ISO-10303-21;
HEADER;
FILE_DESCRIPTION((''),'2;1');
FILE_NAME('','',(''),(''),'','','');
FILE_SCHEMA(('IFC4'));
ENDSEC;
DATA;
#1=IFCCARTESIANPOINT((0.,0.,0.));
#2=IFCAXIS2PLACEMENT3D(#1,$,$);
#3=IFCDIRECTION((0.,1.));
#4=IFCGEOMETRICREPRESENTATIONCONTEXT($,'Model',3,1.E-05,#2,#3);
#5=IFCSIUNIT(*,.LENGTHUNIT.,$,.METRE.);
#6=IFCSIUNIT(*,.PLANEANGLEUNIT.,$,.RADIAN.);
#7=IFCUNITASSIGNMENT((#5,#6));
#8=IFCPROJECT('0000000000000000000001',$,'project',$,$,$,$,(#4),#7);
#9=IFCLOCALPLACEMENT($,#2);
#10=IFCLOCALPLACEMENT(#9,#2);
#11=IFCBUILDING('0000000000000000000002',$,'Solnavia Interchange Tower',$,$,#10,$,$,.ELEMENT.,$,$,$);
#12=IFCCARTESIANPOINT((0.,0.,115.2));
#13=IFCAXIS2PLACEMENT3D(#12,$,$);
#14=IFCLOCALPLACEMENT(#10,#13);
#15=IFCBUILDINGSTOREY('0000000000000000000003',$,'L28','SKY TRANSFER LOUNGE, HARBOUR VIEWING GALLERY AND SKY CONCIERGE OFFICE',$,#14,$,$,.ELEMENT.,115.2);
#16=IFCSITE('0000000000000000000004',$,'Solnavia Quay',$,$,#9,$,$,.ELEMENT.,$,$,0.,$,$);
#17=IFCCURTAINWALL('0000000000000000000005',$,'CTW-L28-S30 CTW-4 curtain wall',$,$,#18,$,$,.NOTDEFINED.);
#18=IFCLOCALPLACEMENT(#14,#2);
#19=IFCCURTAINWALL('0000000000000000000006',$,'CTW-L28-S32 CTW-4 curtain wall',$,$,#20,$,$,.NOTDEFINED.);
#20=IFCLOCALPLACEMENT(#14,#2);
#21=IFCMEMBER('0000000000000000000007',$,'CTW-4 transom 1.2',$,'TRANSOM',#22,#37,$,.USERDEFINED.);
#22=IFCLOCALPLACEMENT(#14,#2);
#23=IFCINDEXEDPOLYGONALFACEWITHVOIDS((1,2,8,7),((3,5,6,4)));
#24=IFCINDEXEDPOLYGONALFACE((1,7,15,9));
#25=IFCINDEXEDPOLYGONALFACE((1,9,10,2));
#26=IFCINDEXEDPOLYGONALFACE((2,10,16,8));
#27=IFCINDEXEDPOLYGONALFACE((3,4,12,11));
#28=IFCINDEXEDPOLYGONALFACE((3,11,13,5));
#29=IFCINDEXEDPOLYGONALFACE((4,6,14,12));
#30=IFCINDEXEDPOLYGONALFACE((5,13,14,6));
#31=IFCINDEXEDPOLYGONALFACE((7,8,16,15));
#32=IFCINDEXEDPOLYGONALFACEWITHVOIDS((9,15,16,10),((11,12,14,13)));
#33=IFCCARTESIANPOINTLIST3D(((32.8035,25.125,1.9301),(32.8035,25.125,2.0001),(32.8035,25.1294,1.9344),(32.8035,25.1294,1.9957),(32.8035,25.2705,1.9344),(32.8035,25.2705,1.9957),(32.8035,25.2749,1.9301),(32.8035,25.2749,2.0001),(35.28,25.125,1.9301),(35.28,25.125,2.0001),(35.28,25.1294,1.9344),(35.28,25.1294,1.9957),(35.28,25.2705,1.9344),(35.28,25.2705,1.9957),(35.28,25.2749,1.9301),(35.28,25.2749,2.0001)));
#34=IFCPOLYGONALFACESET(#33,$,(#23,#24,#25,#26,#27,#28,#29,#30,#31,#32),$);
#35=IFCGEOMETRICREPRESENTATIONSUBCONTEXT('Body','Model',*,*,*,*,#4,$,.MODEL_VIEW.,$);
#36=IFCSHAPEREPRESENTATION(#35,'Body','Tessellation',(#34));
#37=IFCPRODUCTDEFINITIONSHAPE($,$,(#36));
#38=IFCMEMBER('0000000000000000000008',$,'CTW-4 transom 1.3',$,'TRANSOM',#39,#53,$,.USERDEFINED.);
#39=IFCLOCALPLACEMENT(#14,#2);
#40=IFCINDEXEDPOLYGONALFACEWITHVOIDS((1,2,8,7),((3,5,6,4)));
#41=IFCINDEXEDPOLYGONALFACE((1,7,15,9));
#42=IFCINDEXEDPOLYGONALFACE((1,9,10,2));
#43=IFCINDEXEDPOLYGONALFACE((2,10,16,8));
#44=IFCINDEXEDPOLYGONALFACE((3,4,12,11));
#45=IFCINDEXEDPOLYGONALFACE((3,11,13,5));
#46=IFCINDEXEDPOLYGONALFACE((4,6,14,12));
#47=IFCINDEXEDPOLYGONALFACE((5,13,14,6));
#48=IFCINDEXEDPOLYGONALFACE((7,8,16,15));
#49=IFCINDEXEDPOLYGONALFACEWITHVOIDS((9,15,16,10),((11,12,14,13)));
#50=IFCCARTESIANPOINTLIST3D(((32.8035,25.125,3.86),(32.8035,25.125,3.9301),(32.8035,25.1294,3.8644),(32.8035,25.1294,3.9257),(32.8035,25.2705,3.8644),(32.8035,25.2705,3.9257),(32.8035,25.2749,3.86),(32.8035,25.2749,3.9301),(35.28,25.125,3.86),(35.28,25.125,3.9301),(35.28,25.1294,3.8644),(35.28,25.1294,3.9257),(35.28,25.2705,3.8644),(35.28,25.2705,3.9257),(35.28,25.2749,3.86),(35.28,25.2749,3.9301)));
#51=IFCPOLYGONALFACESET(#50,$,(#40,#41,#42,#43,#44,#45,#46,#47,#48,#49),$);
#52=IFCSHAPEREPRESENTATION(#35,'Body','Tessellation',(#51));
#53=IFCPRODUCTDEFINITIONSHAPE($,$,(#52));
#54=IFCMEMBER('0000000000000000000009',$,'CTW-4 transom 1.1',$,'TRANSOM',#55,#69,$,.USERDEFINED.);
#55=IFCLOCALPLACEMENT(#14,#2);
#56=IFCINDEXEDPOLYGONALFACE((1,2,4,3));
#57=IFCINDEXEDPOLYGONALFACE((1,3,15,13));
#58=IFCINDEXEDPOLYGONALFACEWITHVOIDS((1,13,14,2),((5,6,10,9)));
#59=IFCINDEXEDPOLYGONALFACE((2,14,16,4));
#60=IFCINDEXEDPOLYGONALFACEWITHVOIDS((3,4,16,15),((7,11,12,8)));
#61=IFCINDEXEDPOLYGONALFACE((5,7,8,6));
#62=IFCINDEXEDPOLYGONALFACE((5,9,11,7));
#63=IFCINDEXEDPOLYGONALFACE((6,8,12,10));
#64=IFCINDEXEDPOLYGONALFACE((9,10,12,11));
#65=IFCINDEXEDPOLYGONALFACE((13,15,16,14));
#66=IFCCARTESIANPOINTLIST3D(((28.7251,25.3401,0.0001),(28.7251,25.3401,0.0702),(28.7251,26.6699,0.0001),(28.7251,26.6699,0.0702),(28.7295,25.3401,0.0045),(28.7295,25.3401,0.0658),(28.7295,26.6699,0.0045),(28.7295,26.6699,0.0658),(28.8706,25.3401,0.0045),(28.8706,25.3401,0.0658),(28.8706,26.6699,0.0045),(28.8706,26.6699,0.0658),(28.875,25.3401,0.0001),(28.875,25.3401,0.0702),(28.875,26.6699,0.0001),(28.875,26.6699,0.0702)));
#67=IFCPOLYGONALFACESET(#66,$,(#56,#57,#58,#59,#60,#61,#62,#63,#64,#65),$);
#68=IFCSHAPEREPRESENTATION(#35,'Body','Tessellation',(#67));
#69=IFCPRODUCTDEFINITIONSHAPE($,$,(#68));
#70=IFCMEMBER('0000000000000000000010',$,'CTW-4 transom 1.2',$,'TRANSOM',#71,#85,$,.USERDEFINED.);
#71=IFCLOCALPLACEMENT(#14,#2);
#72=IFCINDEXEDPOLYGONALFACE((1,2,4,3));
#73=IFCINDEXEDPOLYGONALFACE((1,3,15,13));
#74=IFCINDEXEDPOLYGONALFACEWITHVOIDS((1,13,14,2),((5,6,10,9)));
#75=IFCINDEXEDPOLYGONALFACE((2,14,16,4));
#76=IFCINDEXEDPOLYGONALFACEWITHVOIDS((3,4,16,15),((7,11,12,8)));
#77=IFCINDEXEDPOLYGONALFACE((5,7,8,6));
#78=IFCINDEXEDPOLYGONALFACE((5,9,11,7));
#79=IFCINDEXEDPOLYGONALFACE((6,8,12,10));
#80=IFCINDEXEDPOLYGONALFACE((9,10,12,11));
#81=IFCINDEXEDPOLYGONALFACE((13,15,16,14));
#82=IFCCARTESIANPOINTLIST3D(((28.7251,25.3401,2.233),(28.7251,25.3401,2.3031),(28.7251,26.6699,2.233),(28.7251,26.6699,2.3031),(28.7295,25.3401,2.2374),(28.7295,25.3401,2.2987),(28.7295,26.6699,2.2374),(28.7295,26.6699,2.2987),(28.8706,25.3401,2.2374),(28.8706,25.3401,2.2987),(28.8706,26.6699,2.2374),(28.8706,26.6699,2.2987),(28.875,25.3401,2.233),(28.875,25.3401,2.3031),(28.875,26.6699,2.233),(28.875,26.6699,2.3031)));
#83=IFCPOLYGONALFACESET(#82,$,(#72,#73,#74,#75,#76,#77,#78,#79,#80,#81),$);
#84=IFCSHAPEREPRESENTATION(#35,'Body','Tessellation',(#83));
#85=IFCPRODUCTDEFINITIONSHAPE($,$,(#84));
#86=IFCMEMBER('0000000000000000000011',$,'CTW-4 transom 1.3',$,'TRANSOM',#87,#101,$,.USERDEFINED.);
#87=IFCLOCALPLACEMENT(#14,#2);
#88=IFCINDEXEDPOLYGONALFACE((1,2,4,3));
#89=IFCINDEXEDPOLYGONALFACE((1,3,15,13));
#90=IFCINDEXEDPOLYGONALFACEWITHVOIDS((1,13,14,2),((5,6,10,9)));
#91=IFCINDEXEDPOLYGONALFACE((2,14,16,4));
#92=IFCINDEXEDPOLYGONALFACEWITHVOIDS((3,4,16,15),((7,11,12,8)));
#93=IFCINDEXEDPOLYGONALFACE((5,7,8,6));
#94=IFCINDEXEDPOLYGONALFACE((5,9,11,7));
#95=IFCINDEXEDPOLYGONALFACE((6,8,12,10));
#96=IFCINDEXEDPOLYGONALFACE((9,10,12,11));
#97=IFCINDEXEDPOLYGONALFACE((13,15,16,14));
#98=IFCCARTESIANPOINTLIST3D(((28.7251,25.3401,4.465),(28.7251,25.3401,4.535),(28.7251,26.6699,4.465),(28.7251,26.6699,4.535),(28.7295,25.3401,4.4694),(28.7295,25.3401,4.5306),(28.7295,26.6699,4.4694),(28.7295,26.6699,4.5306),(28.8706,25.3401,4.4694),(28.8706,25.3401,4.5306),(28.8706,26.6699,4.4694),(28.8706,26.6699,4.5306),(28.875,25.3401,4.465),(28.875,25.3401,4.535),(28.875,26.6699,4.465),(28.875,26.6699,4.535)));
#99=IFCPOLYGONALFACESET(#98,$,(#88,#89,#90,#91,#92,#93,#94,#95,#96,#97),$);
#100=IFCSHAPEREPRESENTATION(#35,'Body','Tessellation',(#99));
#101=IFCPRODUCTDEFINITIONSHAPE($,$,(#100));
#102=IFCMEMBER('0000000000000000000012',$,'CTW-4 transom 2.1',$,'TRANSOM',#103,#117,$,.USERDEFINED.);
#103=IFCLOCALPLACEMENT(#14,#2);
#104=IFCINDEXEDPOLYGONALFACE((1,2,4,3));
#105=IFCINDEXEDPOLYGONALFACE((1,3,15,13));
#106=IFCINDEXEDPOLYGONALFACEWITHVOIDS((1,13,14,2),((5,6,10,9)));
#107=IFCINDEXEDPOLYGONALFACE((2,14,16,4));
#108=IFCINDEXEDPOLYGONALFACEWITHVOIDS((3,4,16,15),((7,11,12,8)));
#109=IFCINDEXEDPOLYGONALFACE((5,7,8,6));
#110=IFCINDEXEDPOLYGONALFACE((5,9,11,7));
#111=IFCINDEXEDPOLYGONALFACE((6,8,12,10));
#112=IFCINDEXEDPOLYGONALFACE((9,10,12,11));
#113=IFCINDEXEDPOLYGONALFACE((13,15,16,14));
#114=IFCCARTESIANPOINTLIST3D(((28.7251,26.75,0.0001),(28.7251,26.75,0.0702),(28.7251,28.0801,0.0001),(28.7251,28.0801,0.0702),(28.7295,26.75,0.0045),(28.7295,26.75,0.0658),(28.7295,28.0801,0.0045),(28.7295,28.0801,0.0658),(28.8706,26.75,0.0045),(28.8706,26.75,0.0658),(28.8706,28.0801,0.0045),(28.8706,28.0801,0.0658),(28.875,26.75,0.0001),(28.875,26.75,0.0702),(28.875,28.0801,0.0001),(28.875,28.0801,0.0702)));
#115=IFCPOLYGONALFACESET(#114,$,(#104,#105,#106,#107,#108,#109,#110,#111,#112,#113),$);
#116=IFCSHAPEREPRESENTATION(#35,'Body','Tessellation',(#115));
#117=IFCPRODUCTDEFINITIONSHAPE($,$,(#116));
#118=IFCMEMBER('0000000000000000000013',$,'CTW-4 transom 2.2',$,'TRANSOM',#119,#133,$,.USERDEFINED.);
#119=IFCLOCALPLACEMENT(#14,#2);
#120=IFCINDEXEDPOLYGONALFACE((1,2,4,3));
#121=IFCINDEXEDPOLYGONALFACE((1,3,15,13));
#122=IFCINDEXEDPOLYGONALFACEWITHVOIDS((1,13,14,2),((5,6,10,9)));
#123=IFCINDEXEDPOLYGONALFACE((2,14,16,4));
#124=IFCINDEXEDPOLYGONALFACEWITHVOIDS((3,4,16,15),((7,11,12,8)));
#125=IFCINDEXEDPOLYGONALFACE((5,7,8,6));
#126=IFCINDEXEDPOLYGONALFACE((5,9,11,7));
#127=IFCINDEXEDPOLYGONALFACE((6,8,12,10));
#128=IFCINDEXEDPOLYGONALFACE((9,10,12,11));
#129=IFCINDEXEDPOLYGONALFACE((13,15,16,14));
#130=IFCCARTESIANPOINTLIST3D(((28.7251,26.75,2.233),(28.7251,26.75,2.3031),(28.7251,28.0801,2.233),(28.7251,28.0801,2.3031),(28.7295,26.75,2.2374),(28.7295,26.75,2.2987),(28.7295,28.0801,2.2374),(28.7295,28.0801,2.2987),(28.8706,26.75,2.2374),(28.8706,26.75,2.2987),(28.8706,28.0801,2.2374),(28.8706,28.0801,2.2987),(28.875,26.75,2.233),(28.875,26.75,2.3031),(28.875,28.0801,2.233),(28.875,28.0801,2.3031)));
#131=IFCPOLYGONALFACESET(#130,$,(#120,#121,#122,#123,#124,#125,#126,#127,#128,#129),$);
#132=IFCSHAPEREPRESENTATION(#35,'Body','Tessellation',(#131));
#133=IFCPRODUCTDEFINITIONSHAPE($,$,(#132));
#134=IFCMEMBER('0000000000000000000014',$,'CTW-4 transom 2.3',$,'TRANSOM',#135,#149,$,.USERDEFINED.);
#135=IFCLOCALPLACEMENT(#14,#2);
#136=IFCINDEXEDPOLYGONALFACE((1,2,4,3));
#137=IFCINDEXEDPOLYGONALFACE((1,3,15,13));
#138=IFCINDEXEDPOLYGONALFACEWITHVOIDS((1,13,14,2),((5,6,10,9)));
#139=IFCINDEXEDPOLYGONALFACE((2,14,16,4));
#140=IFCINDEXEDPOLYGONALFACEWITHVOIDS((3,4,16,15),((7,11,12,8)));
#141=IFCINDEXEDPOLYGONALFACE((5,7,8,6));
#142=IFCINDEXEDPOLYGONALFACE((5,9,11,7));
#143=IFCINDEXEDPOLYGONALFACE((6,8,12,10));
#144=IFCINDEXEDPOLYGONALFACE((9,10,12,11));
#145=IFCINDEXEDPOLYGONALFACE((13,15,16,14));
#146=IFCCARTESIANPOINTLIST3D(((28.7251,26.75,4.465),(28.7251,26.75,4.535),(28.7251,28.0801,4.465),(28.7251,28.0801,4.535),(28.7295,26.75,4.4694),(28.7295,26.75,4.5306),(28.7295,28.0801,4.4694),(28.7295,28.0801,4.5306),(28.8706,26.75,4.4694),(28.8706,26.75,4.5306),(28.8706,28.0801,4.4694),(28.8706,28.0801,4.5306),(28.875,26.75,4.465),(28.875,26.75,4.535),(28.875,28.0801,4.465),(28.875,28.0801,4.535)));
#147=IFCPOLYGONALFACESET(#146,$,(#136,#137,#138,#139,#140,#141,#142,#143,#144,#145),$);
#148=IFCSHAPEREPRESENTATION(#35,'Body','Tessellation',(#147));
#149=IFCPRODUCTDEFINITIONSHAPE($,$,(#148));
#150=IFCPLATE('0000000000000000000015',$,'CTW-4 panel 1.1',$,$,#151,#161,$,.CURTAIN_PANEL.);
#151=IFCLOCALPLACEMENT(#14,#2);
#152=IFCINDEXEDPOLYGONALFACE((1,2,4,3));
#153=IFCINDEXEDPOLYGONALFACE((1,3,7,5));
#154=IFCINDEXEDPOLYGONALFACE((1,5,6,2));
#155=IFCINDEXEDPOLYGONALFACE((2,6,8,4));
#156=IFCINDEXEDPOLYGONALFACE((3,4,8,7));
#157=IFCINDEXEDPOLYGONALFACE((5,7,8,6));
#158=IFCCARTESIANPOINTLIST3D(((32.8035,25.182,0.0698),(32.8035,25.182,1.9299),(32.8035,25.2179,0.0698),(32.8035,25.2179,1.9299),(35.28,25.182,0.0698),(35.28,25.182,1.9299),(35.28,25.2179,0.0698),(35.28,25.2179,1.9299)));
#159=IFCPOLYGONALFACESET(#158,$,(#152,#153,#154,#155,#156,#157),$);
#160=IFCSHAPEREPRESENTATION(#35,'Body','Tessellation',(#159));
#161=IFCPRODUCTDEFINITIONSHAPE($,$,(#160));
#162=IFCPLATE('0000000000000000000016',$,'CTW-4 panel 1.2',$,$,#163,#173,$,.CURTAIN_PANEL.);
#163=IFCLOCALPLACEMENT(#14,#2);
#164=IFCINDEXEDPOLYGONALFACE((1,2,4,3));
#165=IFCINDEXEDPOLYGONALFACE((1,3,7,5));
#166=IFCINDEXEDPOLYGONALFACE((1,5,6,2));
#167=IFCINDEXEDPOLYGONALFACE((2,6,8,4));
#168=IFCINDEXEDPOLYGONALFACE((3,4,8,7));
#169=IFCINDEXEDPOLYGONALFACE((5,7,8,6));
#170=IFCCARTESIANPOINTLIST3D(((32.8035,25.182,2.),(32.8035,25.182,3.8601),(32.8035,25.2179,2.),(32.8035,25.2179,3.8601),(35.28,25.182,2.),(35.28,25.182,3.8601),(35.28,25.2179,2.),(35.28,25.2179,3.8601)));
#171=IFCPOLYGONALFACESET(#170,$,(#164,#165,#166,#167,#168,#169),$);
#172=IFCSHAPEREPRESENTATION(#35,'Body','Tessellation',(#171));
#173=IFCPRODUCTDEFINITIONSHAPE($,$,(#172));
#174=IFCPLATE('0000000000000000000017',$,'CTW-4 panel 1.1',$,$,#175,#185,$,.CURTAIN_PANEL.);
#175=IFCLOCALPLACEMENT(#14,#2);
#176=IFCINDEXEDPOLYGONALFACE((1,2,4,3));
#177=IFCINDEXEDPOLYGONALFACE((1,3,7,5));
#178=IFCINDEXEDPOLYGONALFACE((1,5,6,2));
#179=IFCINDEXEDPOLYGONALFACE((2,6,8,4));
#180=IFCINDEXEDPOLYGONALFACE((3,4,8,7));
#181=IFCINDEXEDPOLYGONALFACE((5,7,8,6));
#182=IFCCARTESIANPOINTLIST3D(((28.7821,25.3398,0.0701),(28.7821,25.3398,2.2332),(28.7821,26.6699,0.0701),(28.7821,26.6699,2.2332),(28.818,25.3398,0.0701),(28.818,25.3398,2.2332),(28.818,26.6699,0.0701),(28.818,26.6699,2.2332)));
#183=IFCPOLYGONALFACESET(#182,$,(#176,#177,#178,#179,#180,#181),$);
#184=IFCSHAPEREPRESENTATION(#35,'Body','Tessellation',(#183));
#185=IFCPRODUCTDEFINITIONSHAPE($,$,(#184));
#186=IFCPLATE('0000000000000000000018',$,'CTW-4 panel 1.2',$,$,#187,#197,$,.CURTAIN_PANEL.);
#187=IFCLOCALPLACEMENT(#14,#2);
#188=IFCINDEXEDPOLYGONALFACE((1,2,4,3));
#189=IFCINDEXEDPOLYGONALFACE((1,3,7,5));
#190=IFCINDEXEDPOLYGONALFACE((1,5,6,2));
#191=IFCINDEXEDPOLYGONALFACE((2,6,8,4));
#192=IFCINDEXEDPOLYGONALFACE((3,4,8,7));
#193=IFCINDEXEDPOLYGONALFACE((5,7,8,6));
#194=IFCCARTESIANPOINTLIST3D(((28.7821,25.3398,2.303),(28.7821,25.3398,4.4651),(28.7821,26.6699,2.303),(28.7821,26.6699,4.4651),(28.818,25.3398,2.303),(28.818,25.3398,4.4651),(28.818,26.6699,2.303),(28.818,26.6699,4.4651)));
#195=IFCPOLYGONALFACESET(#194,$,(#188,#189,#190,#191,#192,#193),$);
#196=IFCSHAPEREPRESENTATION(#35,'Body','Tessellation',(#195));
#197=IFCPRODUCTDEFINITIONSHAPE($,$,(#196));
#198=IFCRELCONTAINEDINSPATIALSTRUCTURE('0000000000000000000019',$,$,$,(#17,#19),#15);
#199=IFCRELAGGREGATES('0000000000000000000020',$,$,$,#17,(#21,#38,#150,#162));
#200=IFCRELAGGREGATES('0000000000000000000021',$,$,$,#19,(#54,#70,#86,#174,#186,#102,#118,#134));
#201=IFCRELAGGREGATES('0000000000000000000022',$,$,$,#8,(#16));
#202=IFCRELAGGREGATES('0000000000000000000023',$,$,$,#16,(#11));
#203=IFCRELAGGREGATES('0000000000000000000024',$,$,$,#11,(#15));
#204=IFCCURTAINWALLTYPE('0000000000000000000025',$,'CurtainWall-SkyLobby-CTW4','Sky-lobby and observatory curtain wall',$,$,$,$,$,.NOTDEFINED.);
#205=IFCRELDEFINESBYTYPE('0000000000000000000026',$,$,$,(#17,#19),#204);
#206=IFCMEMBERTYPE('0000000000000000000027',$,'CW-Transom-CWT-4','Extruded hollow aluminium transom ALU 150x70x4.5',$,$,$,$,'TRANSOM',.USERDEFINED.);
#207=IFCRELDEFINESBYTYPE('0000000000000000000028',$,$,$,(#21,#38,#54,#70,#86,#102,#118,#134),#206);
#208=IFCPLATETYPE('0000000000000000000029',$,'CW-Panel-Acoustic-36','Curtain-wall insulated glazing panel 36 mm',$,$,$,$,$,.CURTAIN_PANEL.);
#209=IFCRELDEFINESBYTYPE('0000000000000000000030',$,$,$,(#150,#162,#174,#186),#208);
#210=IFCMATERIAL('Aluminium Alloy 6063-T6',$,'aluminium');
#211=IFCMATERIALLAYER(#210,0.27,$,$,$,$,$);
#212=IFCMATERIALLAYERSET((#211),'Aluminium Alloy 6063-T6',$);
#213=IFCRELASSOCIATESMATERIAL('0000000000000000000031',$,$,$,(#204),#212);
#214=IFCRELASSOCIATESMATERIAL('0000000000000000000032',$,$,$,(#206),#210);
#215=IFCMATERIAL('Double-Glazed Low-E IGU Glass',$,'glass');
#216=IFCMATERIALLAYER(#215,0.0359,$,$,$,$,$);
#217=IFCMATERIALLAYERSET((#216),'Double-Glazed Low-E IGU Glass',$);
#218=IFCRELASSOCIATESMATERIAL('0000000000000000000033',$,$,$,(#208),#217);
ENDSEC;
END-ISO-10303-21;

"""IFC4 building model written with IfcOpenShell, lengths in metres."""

from ifc_helpers import new_model, si_unit, direction, frame, origin, origin_2d, place, context, subcontext, project, spatial, rectangle, hollow_rectangle, extrude, material, layer, layer_set, material_profile, profile_set, type_object, element, aggregate, save


model = new_model("IFC4")

# Units and contexts
model_context = context("Model", 3, precision=1e-05, world=origin(), true_north=direction((0.0, 1.0)))
body_context = subcontext(model_context, "Body", "Model", "MODEL_VIEW")
ifc_project = project(units=[si_unit("LENGTHUNIT", "METRE"), si_unit("PLANEANGLEUNIT", "RADIAN")], contexts=[model_context])

# Site, building, storey
site_placement = place(None, origin())
site = spatial("IfcSite", under=ifc_project, at=site_placement, Name="Solnavia Quay", CompositionType="ELEMENT", RefElevation=0.0)
building_placement = place(site_placement, origin())
building = spatial("IfcBuilding", under=site, at=building_placement, Name="Solnavia Interchange Tower", CompositionType="ELEMENT")
storey_placement = place(building_placement, frame((0.0, 0.0, 115.2)))
storey = spatial("IfcBuildingStorey", under=building, at=storey_placement, Name="L28", Description="SKY TRANSFER LOUNGE, HARBOUR VIEWING GALLERY AND SKY CONCIERGE OFFICE", CompositionType="ELEMENT", Elevation=115.2)

# Curtain walls
ifc_material_1 = material(Name="Aluminium Alloy 6063-T6", Category="aluminium")
ifc_layer_1 = layer(ifc_material_1, 0.27)
ifc_layer_set_1 = layer_set([ifc_layer_1], Name="Aluminium Alloy 6063-T6")
curtain_wall_type = type_object("IfcCurtainWallType", Name="CurtainWall-SkyLobby-CTW4", Description="Sky-lobby and observatory curtain wall", PredefinedType="NOTDEFINED", material=ifc_layer_set_1)
curtain_wall_1_placement = place(storey_placement, origin())
curtain_wall_1 = element("IfcCurtainWall", 1, at=curtain_wall_1_placement, inside=storey, type_object=curtain_wall_type, Name="CTW-L28-S30 CTW-4 curtain wall", PredefinedType="NOTDEFINED")
curtain_wall_2_placement = place(storey_placement, origin())
curtain_wall_2 = element("IfcCurtainWall", 2, at=curtain_wall_2_placement, inside=storey, type_object=curtain_wall_type, Name="CTW-L28-S32 CTW-4 curtain wall", PredefinedType="NOTDEFINED")

# Members
ifc_material_profile_1 = material_profile(ifc_material_1, hollow_rectangle(XDim=0.0701, YDim=0.1499, WallThickness=0.0044, at=origin_2d()), Name="ALU 150x70x4.5")
ifc_profile_set_1 = profile_set([ifc_material_profile_1], Name="Aluminium Alloy 6063-T6")
member_type_1 = type_object("IfcMemberType", Name="CW-Transom-CWT-4", Description="Extruded hollow aluminium transom ALU 150x70x4.5", ElementType="TRANSOM", PredefinedType="USERDEFINED", material=ifc_profile_set_1)
member_1_placement = place(storey_placement, frame((35.28, 25.2, 1.9651), z_axis=(-1.0, 0.0, 0.0), x_axis=(0.0, 0.0, 1.0)))
member_1 = element("IfcMember", 3, at=member_1_placement, type_object=member_type_1, Name="CTW-4 transom 1.2", ObjectType="TRANSOM", PredefinedType="USERDEFINED", context=body_context, shape_type="SweptSolid", body=[
    extrude(hollow_rectangle(XDim=0.0701, YDim=0.1499, WallThickness=0.0044, at=origin_2d()), origin(), (0.0, 0.0, 1.0), 2.4766),
])
member_2_placement = place(storey_placement, frame((35.28, 25.2, 3.895), z_axis=(-1.0, 0.0, 0.0), x_axis=(0.0, 0.0, 1.0)))
member_2 = element("IfcMember", 4, at=member_2_placement, type_object=member_type_1, Name="CTW-4 transom 1.3", ObjectType="TRANSOM", PredefinedType="USERDEFINED", context=body_context, shape_type="SweptSolid", body=[
    extrude(hollow_rectangle(XDim=0.0701, YDim=0.1499, WallThickness=0.0044, at=origin_2d()), origin(), (0.0, 0.0, 1.0), 2.4766),
])
member_3_placement = place(storey_placement, frame((28.8, 25.3401, 0.0352), z_axis=(0.0, 1.0, 0.0), x_axis=(0.0, 0.0, 1.0)))
member_3 = element("IfcMember", 5, at=member_3_placement, type_object=member_type_1, Name="CTW-4 transom 1.1", ObjectType="TRANSOM", PredefinedType="USERDEFINED", context=body_context, shape_type="SweptSolid", body=[
    extrude(hollow_rectangle(XDim=0.0701, YDim=0.1499, WallThickness=0.0044, at=origin_2d()), origin(), (0.0, 0.0, 1.0), 1.3298),
])
member_4_placement = place(storey_placement, frame((28.8, 25.3401, 2.2681), z_axis=(0.0, 1.0, 0.0), x_axis=(0.0, 0.0, 1.0)))
member_4 = element("IfcMember", 6, at=member_4_placement, type_object=member_type_1, Name="CTW-4 transom 1.2", ObjectType="TRANSOM", PredefinedType="USERDEFINED", context=body_context, shape_type="SweptSolid", body=[
    extrude(hollow_rectangle(XDim=0.0701, YDim=0.1499, WallThickness=0.0044, at=origin_2d()), origin(), (0.0, 0.0, 1.0), 1.3298),
])
member_5_placement = place(storey_placement, frame((28.8, 25.3401, 4.5), z_axis=(0.0, 1.0, 0.0), x_axis=(0.0, 0.0, 1.0)))
member_5 = element("IfcMember", 7, at=member_5_placement, type_object=member_type_1, Name="CTW-4 transom 1.3", ObjectType="TRANSOM", PredefinedType="USERDEFINED", context=body_context, shape_type="SweptSolid", body=[
    extrude(hollow_rectangle(XDim=0.0701, YDim=0.1499, WallThickness=0.0044, at=origin_2d()), origin(), (0.0, 0.0, 1.0), 1.3298),
])
member_6_placement = place(storey_placement, frame((28.8, 26.75, 0.0352), z_axis=(0.0, 1.0, 0.0), x_axis=(0.0, 0.0, 1.0)))
member_6 = element("IfcMember", 8, at=member_6_placement, type_object=member_type_1, Name="CTW-4 transom 2.1", ObjectType="TRANSOM", PredefinedType="USERDEFINED", context=body_context, shape_type="SweptSolid", body=[
    extrude(hollow_rectangle(XDim=0.0701, YDim=0.1499, WallThickness=0.0044, at=origin_2d()), origin(), (0.0, 0.0, 1.0), 1.3301),
])
member_7_placement = place(storey_placement, frame((28.8, 26.75, 2.2681), z_axis=(0.0, 1.0, 0.0), x_axis=(0.0, 0.0, 1.0)))
member_7 = element("IfcMember", 9, at=member_7_placement, type_object=member_type_1, Name="CTW-4 transom 2.2", ObjectType="TRANSOM", PredefinedType="USERDEFINED", context=body_context, shape_type="SweptSolid", body=[
    extrude(hollow_rectangle(XDim=0.0701, YDim=0.1499, WallThickness=0.0044, at=origin_2d()), origin(), (0.0, 0.0, 1.0), 1.3301),
])
member_8_placement = place(storey_placement, frame((28.8, 26.75, 4.5), z_axis=(0.0, 1.0, 0.0), x_axis=(0.0, 0.0, 1.0)))
member_8 = element("IfcMember", 10, at=member_8_placement, type_object=member_type_1, Name="CTW-4 transom 2.3", ObjectType="TRANSOM", PredefinedType="USERDEFINED", context=body_context, shape_type="SweptSolid", body=[
    extrude(hollow_rectangle(XDim=0.0701, YDim=0.1499, WallThickness=0.0044, at=origin_2d()), origin(), (0.0, 0.0, 1.0), 1.3301),
])

# Plates
ifc_material_2 = material(Name="Double-Glazed Low-E IGU Glass", Category="glass")
ifc_layer_2 = layer(ifc_material_2, 0.0359)
ifc_layer_set_2 = layer_set([ifc_layer_2], Name="Double-Glazed Low-E IGU Glass")
plate_type = type_object("IfcPlateType", Name="CW-Panel-Acoustic-36", Description="Curtain-wall insulated glazing panel 36 mm", PredefinedType="CURTAIN_PANEL", material=ifc_layer_set_2)
plate_1_placement = place(storey_placement, frame((34.0417, 25.2, 0.0698), z_axis=(0.0, 0.0, 1.0), x_axis=(-1.0, 0.0, 0.0)))
plate_1 = element("IfcPlate", 11, at=plate_1_placement, type_object=plate_type, Name="CTW-4 panel 1.1", PredefinedType="CURTAIN_PANEL", context=body_context, shape_type="SweptSolid", body=[
    extrude(rectangle(XDim=2.4766, YDim=0.0359, at=origin_2d()), origin(), (0.0, 0.0, 1.0), 1.8601),
])
plate_2_placement = place(storey_placement, frame((34.0417, 25.2, 2.0), z_axis=(0.0, 0.0, 1.0), x_axis=(-1.0, 0.0, 0.0)))
plate_2 = element("IfcPlate", 12, at=plate_2_placement, type_object=plate_type, Name="CTW-4 panel 1.2", PredefinedType="CURTAIN_PANEL", context=body_context, shape_type="SweptSolid", body=[
    extrude(rectangle(XDim=2.4766, YDim=0.0359, at=origin_2d()), origin(), (0.0, 0.0, 1.0), 1.8601),
])
aggregate(curtain_wall_1, [member_1, member_2, plate_1, plate_2])
plate_3_placement = place(storey_placement, frame((28.8, 26.0049, 0.0701), z_axis=(0.0, 0.0, 1.0), x_axis=(0.0, 1.0, 0.0)))
plate_3 = element("IfcPlate", 13, at=plate_3_placement, type_object=plate_type, Name="CTW-4 panel 1.1", PredefinedType="CURTAIN_PANEL", context=body_context, shape_type="SweptSolid", body=[
    extrude(rectangle(XDim=1.3301, YDim=0.0359, at=origin_2d()), origin(), (0.0, 0.0, 1.0), 2.1631),
])
plate_4_placement = place(storey_placement, frame((28.8, 26.0049, 2.303), z_axis=(0.0, 0.0, 1.0), x_axis=(0.0, 1.0, 0.0)))
plate_4 = element("IfcPlate", 14, at=plate_4_placement, type_object=plate_type, Name="CTW-4 panel 1.2", PredefinedType="CURTAIN_PANEL", context=body_context, shape_type="SweptSolid", body=[
    extrude(rectangle(XDim=1.3301, YDim=0.0359, at=origin_2d()), origin(), (0.0, 0.0, 1.0), 2.1621),
])
aggregate(curtain_wall_2, [member_3, member_4, member_5, plate_3, plate_4, member_6, member_7, member_8])

save(model, "model.ifc")
